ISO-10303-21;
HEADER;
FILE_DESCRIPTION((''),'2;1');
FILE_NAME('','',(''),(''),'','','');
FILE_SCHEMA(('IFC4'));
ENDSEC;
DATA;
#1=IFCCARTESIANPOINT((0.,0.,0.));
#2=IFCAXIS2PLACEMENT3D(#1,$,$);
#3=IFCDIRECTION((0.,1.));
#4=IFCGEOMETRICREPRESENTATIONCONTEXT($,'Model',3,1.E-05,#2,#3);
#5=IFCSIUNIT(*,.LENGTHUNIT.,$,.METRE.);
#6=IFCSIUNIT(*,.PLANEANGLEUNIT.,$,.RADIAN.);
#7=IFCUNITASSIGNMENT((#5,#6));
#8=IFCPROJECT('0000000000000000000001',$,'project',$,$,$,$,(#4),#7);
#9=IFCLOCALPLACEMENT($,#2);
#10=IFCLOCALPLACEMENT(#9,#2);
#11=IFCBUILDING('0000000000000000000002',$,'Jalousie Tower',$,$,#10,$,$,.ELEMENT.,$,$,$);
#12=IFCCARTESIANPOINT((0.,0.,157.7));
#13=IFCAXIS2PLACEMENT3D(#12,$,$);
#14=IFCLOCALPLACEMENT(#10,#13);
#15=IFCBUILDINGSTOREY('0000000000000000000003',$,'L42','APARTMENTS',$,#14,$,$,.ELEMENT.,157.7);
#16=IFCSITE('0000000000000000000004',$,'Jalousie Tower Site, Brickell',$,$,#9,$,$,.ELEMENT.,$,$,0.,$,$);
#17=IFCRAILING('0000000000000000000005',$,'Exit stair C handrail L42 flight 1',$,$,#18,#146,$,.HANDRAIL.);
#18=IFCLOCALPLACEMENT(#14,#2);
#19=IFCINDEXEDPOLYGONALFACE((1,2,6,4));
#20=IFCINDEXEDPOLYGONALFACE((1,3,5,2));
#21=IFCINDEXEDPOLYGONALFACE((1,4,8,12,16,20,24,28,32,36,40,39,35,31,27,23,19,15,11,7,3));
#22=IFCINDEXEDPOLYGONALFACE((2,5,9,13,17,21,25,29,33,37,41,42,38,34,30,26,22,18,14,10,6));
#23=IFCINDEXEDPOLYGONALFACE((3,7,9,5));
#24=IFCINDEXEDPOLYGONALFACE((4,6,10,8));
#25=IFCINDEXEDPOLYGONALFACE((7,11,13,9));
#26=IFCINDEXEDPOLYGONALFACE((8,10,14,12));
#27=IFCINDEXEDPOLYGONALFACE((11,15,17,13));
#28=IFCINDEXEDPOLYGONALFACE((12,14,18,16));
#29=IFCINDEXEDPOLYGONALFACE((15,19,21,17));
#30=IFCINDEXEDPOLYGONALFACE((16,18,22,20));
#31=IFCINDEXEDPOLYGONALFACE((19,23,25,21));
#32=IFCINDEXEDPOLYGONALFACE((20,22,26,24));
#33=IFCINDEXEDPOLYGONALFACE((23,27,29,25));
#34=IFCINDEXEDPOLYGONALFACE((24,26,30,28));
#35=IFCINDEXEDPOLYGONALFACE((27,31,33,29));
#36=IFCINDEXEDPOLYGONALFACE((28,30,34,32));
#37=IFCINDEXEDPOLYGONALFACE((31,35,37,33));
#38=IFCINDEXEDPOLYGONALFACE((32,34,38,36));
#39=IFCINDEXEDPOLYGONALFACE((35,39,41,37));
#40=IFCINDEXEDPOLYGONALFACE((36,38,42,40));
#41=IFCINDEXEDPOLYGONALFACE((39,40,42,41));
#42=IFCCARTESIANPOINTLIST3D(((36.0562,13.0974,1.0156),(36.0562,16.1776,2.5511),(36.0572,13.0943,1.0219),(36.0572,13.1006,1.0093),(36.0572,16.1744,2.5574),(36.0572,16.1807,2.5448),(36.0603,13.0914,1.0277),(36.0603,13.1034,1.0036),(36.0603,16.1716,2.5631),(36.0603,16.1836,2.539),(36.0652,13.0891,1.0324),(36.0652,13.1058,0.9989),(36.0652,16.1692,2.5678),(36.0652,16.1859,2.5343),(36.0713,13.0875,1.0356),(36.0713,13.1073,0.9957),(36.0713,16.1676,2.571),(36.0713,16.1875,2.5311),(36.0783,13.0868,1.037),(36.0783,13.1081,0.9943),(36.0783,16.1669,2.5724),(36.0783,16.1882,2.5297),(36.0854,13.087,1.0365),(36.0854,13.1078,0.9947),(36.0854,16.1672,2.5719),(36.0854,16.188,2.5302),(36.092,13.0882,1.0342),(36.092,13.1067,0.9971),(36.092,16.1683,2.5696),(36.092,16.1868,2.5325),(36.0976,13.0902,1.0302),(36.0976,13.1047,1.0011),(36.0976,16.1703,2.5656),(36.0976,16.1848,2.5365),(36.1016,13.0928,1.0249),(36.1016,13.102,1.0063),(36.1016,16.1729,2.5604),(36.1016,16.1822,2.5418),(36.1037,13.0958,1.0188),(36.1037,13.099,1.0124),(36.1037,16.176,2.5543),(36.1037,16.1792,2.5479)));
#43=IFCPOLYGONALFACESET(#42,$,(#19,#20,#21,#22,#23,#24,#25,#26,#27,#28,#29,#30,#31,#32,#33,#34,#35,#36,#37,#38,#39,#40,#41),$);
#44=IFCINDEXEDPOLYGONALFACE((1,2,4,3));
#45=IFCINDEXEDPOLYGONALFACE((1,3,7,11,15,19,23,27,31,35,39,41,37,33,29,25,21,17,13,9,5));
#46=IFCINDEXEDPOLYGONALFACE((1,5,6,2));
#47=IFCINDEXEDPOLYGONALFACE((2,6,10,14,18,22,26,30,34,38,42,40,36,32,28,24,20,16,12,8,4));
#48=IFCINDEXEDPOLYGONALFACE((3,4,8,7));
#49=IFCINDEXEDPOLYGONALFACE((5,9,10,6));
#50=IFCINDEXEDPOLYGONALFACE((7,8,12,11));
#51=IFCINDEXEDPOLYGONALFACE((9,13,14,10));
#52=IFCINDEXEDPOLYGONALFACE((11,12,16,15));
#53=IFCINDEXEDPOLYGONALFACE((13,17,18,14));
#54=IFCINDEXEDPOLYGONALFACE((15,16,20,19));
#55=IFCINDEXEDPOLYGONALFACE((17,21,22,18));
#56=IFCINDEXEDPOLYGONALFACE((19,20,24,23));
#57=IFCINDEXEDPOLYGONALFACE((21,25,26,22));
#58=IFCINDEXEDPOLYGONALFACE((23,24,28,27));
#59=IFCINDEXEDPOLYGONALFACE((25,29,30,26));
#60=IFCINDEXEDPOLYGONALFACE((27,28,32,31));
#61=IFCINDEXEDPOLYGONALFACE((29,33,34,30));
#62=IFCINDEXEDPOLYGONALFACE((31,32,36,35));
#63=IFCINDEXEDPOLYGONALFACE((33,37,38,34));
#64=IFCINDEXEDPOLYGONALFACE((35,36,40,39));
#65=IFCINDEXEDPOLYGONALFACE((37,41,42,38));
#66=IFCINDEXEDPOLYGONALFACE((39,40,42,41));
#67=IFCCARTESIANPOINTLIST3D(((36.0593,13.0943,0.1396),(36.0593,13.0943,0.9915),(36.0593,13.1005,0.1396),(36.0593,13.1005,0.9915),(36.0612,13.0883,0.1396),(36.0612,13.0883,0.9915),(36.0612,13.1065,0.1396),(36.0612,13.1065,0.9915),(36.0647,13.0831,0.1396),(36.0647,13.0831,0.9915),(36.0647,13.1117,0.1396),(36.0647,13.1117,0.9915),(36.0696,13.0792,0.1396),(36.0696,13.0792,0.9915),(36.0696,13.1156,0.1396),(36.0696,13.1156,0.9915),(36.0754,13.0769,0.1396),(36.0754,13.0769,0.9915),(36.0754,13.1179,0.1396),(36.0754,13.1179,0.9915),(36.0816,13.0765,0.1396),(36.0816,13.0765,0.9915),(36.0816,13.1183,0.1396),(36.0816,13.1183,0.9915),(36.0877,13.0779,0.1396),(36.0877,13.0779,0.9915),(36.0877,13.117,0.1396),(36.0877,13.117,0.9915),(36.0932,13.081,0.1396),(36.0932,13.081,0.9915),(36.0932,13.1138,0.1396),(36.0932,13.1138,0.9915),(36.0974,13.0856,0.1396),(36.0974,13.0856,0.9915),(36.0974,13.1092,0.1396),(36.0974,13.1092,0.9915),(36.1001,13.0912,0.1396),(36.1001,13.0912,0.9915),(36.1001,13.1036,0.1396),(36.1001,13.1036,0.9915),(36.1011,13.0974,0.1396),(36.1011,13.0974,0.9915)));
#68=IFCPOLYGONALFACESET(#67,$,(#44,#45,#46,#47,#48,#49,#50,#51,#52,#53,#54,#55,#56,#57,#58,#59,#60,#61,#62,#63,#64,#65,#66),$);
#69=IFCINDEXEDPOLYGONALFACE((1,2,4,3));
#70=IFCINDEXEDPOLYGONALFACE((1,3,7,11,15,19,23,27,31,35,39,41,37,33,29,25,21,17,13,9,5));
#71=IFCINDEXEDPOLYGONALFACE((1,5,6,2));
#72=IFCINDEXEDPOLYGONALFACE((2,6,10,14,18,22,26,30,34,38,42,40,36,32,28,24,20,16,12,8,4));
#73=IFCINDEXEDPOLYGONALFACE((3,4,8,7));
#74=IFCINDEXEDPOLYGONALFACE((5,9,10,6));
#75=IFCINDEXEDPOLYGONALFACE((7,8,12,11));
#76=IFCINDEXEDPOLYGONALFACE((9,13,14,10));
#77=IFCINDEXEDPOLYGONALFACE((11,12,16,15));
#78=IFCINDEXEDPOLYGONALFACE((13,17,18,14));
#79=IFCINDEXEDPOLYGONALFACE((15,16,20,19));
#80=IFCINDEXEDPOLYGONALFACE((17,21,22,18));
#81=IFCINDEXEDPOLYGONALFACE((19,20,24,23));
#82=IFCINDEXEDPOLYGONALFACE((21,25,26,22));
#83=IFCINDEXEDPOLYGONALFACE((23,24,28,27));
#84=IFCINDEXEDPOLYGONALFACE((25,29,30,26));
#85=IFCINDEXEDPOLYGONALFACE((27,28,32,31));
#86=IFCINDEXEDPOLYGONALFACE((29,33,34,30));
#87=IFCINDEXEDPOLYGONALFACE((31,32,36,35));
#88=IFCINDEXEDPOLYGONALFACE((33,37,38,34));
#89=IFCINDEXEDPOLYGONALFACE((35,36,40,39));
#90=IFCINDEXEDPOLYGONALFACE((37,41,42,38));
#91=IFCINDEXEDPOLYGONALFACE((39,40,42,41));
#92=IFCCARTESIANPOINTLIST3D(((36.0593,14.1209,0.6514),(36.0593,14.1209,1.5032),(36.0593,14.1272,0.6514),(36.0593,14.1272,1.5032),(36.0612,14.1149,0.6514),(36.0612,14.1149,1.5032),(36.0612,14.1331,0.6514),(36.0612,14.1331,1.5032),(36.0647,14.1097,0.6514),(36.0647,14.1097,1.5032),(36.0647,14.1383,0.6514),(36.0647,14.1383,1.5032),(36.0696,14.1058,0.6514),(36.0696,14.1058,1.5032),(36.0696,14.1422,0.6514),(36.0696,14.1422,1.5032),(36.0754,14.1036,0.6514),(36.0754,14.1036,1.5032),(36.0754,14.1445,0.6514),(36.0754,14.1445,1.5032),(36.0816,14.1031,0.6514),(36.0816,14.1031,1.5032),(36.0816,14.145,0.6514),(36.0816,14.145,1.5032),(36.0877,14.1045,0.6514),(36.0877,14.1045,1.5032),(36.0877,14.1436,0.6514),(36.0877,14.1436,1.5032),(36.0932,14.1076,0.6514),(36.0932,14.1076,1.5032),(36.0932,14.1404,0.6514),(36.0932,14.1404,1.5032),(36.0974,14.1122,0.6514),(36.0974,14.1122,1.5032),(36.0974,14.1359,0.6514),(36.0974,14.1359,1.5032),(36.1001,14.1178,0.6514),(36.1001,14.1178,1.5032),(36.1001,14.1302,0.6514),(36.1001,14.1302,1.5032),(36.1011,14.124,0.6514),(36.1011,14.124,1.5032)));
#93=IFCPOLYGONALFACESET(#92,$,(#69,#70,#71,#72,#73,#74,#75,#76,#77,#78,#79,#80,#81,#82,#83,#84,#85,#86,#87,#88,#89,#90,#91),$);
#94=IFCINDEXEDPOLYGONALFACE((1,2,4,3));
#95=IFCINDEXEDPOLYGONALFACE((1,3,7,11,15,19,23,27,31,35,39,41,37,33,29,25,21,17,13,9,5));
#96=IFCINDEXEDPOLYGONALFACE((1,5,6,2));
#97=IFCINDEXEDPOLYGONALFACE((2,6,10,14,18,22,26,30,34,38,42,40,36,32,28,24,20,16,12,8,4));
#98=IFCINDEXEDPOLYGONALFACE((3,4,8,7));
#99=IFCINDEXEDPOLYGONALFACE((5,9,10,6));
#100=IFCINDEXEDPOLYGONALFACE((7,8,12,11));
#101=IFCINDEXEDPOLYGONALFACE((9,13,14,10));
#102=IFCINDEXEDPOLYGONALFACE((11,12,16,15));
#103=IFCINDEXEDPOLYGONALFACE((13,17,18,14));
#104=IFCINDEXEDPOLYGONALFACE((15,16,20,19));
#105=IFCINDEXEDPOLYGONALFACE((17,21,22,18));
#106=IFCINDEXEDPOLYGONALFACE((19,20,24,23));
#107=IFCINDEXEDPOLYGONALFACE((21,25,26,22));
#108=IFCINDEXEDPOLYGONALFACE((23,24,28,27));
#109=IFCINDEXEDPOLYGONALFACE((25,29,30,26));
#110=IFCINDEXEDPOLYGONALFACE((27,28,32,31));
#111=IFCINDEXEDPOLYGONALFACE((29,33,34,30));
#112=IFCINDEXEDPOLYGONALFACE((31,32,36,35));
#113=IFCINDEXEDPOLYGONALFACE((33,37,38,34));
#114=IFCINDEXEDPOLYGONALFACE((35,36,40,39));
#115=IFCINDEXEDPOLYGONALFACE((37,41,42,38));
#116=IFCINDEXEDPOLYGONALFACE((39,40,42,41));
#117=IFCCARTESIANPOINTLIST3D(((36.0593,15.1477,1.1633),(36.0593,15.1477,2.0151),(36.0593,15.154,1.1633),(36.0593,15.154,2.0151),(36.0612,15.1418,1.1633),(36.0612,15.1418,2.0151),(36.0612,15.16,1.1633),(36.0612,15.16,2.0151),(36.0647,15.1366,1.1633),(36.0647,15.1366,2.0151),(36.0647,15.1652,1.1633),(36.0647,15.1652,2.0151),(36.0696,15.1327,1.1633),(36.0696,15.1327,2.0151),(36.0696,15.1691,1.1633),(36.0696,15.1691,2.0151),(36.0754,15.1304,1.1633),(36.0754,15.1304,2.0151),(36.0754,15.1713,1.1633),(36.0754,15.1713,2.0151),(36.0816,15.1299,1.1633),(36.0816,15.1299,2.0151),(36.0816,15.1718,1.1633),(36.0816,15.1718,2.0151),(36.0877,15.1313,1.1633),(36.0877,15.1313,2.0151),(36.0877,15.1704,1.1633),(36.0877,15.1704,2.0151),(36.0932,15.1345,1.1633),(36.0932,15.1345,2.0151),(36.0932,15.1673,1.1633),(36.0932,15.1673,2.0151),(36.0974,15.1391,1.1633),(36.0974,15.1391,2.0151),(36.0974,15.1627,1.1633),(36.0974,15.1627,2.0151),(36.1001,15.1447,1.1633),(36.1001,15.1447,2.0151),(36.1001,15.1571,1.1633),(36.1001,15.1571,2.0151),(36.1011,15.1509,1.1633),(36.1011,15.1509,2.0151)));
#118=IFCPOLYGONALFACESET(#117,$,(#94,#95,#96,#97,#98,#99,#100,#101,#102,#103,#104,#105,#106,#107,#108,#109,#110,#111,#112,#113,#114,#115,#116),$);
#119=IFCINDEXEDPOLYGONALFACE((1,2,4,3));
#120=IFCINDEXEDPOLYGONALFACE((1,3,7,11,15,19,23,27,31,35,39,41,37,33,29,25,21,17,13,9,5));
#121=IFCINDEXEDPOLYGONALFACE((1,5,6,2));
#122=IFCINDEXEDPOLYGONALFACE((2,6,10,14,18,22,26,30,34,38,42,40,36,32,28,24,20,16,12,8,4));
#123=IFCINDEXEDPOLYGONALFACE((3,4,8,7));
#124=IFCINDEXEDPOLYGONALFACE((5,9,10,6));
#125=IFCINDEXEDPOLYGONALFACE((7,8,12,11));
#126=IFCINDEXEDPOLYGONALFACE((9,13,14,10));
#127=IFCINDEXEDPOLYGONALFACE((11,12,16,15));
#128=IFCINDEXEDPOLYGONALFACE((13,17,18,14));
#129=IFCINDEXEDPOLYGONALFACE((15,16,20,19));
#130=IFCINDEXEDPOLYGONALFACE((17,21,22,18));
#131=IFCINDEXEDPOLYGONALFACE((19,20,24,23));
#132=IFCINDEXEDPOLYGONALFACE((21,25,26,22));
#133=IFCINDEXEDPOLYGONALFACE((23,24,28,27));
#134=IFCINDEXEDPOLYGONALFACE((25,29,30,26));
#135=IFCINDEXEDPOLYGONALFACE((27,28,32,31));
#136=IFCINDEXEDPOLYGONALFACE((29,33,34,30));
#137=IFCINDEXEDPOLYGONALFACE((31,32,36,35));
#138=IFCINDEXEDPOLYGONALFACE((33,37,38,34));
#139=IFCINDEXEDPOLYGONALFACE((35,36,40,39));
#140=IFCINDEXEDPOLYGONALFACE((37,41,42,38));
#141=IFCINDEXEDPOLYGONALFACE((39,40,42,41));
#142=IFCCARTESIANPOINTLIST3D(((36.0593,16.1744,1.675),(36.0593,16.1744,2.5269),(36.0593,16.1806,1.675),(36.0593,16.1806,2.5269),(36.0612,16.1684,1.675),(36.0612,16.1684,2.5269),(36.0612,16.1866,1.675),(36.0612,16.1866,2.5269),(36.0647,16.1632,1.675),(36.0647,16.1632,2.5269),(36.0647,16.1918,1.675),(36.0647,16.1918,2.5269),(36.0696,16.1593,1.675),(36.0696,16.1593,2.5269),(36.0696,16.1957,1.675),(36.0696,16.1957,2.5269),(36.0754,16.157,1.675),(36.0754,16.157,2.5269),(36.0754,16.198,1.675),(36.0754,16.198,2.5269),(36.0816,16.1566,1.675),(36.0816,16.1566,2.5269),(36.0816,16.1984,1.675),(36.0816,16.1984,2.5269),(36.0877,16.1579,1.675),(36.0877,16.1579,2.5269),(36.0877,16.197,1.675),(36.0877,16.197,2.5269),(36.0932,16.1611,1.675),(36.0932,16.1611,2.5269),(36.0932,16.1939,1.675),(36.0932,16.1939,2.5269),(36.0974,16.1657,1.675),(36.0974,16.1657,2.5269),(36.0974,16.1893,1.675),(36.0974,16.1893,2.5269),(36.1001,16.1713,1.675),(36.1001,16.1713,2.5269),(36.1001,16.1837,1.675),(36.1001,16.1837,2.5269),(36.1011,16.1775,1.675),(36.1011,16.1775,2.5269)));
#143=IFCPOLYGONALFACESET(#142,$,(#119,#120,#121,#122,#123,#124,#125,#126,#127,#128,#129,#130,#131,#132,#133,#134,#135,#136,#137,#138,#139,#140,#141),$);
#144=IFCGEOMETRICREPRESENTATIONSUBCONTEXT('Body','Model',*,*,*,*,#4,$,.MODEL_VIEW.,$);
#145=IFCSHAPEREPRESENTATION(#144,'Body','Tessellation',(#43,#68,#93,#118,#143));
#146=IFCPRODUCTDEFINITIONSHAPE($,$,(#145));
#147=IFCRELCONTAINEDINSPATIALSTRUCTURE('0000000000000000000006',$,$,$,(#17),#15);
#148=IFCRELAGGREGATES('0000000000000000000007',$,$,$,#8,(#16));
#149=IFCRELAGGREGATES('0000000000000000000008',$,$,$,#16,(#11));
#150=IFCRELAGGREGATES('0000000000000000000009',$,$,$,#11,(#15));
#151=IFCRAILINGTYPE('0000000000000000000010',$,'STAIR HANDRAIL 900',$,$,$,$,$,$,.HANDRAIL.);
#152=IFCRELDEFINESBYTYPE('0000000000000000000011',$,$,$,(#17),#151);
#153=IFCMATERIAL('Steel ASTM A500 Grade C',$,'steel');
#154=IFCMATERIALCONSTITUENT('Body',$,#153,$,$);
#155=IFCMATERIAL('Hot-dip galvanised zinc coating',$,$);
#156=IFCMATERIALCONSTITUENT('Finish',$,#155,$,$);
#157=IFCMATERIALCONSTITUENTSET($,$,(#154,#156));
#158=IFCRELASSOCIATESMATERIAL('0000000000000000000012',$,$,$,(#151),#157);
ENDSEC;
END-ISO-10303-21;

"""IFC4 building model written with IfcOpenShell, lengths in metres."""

from ifc_helpers import new_model, si_unit, direction, frame, origin, origin_2d, place, context, subcontext, project, spatial, circle, extrude, material, constituent, constituent_set, type_object, element, save


model = new_model("IFC4")

# Units and contexts
model_context = context("Model", 3, precision=1e-05, world=origin(), true_north=direction((0.0, 1.0)))
body_context = subcontext(model_context, "Body", "Model", "MODEL_VIEW")
ifc_project = project(units=[si_unit("LENGTHUNIT", "METRE"), si_unit("PLANEANGLEUNIT", "RADIAN")], contexts=[model_context])

# Site, building, storey
site_placement = place(None, origin())
site = spatial("IfcSite", under=ifc_project, at=site_placement, Name="Jalousie Tower Site, Brickell", CompositionType="ELEMENT", RefElevation=0.0)
building_placement = place(site_placement, origin())
building = spatial("IfcBuilding", under=site, at=building_placement, Name="Jalousie Tower", CompositionType="ELEMENT")
storey_placement = place(building_placement, frame((0.0, 0.0, 157.7)))
storey = spatial("IfcBuildingStorey", under=building, at=storey_placement, Name="L42", Description="APARTMENTS", CompositionType="ELEMENT", Elevation=157.7)

# Railing
ifc_material_1 = material(Name="Steel ASTM A500 Grade C", Category="steel")
ifc_constituent_1 = constituent(ifc_material_1, Name="Body")
ifc_material_2 = material(Name="Hot-dip galvanised zinc coating")
ifc_constituent_2 = constituent(ifc_material_2, Name="Finish")
ifc_constituent_set_1 = constituent_set(constituents=[ifc_constituent_1, ifc_constituent_2])
railing_type_1 = type_object("IfcRailingType", Name="STAIR HANDRAIL 900", PredefinedType="HANDRAIL", material=ifc_constituent_set_1)
railing_1_placement = place(storey_placement, frame((36.0801, 13.0974, 0.1396)))
element("IfcRailing", 1, at=railing_1_placement, inside=storey, type_object=railing_type_1, Name="Exit stair C handrail L42 flight 1", PredefinedType="HANDRAIL", context=body_context, shape_type="SweptSolid", body=[
    extrude(circle(Radius=0.0239, at=origin_2d()), frame((0.0, 0.0, 0.876), z_axis=(0.0, 0.894966, 0.446135), x_axis=(-1.0, 0.0, 0.0)), (0.0, 0.0, 1.0), 3.4417),
    extrude(circle(Radius=0.021, at=origin_2d()), origin(), (0.0, 0.0, 1.0), 0.8518),
    extrude(circle(Radius=0.021, at=origin_2d()), frame((0.0, 1.0266, 0.5117)), (0.0, 0.0, 1.0), 0.8518),
    extrude(circle(Radius=0.021, at=origin_2d()), frame((0.0, 2.0535, 1.0237)), (0.0, 0.0, 1.0), 0.8518),
    extrude(circle(Radius=0.021, at=origin_2d()), frame((0.0, 3.0801, 1.5354)), (0.0, 0.0, 1.0), 0.8518),
])

save(model, "model.ifc")
